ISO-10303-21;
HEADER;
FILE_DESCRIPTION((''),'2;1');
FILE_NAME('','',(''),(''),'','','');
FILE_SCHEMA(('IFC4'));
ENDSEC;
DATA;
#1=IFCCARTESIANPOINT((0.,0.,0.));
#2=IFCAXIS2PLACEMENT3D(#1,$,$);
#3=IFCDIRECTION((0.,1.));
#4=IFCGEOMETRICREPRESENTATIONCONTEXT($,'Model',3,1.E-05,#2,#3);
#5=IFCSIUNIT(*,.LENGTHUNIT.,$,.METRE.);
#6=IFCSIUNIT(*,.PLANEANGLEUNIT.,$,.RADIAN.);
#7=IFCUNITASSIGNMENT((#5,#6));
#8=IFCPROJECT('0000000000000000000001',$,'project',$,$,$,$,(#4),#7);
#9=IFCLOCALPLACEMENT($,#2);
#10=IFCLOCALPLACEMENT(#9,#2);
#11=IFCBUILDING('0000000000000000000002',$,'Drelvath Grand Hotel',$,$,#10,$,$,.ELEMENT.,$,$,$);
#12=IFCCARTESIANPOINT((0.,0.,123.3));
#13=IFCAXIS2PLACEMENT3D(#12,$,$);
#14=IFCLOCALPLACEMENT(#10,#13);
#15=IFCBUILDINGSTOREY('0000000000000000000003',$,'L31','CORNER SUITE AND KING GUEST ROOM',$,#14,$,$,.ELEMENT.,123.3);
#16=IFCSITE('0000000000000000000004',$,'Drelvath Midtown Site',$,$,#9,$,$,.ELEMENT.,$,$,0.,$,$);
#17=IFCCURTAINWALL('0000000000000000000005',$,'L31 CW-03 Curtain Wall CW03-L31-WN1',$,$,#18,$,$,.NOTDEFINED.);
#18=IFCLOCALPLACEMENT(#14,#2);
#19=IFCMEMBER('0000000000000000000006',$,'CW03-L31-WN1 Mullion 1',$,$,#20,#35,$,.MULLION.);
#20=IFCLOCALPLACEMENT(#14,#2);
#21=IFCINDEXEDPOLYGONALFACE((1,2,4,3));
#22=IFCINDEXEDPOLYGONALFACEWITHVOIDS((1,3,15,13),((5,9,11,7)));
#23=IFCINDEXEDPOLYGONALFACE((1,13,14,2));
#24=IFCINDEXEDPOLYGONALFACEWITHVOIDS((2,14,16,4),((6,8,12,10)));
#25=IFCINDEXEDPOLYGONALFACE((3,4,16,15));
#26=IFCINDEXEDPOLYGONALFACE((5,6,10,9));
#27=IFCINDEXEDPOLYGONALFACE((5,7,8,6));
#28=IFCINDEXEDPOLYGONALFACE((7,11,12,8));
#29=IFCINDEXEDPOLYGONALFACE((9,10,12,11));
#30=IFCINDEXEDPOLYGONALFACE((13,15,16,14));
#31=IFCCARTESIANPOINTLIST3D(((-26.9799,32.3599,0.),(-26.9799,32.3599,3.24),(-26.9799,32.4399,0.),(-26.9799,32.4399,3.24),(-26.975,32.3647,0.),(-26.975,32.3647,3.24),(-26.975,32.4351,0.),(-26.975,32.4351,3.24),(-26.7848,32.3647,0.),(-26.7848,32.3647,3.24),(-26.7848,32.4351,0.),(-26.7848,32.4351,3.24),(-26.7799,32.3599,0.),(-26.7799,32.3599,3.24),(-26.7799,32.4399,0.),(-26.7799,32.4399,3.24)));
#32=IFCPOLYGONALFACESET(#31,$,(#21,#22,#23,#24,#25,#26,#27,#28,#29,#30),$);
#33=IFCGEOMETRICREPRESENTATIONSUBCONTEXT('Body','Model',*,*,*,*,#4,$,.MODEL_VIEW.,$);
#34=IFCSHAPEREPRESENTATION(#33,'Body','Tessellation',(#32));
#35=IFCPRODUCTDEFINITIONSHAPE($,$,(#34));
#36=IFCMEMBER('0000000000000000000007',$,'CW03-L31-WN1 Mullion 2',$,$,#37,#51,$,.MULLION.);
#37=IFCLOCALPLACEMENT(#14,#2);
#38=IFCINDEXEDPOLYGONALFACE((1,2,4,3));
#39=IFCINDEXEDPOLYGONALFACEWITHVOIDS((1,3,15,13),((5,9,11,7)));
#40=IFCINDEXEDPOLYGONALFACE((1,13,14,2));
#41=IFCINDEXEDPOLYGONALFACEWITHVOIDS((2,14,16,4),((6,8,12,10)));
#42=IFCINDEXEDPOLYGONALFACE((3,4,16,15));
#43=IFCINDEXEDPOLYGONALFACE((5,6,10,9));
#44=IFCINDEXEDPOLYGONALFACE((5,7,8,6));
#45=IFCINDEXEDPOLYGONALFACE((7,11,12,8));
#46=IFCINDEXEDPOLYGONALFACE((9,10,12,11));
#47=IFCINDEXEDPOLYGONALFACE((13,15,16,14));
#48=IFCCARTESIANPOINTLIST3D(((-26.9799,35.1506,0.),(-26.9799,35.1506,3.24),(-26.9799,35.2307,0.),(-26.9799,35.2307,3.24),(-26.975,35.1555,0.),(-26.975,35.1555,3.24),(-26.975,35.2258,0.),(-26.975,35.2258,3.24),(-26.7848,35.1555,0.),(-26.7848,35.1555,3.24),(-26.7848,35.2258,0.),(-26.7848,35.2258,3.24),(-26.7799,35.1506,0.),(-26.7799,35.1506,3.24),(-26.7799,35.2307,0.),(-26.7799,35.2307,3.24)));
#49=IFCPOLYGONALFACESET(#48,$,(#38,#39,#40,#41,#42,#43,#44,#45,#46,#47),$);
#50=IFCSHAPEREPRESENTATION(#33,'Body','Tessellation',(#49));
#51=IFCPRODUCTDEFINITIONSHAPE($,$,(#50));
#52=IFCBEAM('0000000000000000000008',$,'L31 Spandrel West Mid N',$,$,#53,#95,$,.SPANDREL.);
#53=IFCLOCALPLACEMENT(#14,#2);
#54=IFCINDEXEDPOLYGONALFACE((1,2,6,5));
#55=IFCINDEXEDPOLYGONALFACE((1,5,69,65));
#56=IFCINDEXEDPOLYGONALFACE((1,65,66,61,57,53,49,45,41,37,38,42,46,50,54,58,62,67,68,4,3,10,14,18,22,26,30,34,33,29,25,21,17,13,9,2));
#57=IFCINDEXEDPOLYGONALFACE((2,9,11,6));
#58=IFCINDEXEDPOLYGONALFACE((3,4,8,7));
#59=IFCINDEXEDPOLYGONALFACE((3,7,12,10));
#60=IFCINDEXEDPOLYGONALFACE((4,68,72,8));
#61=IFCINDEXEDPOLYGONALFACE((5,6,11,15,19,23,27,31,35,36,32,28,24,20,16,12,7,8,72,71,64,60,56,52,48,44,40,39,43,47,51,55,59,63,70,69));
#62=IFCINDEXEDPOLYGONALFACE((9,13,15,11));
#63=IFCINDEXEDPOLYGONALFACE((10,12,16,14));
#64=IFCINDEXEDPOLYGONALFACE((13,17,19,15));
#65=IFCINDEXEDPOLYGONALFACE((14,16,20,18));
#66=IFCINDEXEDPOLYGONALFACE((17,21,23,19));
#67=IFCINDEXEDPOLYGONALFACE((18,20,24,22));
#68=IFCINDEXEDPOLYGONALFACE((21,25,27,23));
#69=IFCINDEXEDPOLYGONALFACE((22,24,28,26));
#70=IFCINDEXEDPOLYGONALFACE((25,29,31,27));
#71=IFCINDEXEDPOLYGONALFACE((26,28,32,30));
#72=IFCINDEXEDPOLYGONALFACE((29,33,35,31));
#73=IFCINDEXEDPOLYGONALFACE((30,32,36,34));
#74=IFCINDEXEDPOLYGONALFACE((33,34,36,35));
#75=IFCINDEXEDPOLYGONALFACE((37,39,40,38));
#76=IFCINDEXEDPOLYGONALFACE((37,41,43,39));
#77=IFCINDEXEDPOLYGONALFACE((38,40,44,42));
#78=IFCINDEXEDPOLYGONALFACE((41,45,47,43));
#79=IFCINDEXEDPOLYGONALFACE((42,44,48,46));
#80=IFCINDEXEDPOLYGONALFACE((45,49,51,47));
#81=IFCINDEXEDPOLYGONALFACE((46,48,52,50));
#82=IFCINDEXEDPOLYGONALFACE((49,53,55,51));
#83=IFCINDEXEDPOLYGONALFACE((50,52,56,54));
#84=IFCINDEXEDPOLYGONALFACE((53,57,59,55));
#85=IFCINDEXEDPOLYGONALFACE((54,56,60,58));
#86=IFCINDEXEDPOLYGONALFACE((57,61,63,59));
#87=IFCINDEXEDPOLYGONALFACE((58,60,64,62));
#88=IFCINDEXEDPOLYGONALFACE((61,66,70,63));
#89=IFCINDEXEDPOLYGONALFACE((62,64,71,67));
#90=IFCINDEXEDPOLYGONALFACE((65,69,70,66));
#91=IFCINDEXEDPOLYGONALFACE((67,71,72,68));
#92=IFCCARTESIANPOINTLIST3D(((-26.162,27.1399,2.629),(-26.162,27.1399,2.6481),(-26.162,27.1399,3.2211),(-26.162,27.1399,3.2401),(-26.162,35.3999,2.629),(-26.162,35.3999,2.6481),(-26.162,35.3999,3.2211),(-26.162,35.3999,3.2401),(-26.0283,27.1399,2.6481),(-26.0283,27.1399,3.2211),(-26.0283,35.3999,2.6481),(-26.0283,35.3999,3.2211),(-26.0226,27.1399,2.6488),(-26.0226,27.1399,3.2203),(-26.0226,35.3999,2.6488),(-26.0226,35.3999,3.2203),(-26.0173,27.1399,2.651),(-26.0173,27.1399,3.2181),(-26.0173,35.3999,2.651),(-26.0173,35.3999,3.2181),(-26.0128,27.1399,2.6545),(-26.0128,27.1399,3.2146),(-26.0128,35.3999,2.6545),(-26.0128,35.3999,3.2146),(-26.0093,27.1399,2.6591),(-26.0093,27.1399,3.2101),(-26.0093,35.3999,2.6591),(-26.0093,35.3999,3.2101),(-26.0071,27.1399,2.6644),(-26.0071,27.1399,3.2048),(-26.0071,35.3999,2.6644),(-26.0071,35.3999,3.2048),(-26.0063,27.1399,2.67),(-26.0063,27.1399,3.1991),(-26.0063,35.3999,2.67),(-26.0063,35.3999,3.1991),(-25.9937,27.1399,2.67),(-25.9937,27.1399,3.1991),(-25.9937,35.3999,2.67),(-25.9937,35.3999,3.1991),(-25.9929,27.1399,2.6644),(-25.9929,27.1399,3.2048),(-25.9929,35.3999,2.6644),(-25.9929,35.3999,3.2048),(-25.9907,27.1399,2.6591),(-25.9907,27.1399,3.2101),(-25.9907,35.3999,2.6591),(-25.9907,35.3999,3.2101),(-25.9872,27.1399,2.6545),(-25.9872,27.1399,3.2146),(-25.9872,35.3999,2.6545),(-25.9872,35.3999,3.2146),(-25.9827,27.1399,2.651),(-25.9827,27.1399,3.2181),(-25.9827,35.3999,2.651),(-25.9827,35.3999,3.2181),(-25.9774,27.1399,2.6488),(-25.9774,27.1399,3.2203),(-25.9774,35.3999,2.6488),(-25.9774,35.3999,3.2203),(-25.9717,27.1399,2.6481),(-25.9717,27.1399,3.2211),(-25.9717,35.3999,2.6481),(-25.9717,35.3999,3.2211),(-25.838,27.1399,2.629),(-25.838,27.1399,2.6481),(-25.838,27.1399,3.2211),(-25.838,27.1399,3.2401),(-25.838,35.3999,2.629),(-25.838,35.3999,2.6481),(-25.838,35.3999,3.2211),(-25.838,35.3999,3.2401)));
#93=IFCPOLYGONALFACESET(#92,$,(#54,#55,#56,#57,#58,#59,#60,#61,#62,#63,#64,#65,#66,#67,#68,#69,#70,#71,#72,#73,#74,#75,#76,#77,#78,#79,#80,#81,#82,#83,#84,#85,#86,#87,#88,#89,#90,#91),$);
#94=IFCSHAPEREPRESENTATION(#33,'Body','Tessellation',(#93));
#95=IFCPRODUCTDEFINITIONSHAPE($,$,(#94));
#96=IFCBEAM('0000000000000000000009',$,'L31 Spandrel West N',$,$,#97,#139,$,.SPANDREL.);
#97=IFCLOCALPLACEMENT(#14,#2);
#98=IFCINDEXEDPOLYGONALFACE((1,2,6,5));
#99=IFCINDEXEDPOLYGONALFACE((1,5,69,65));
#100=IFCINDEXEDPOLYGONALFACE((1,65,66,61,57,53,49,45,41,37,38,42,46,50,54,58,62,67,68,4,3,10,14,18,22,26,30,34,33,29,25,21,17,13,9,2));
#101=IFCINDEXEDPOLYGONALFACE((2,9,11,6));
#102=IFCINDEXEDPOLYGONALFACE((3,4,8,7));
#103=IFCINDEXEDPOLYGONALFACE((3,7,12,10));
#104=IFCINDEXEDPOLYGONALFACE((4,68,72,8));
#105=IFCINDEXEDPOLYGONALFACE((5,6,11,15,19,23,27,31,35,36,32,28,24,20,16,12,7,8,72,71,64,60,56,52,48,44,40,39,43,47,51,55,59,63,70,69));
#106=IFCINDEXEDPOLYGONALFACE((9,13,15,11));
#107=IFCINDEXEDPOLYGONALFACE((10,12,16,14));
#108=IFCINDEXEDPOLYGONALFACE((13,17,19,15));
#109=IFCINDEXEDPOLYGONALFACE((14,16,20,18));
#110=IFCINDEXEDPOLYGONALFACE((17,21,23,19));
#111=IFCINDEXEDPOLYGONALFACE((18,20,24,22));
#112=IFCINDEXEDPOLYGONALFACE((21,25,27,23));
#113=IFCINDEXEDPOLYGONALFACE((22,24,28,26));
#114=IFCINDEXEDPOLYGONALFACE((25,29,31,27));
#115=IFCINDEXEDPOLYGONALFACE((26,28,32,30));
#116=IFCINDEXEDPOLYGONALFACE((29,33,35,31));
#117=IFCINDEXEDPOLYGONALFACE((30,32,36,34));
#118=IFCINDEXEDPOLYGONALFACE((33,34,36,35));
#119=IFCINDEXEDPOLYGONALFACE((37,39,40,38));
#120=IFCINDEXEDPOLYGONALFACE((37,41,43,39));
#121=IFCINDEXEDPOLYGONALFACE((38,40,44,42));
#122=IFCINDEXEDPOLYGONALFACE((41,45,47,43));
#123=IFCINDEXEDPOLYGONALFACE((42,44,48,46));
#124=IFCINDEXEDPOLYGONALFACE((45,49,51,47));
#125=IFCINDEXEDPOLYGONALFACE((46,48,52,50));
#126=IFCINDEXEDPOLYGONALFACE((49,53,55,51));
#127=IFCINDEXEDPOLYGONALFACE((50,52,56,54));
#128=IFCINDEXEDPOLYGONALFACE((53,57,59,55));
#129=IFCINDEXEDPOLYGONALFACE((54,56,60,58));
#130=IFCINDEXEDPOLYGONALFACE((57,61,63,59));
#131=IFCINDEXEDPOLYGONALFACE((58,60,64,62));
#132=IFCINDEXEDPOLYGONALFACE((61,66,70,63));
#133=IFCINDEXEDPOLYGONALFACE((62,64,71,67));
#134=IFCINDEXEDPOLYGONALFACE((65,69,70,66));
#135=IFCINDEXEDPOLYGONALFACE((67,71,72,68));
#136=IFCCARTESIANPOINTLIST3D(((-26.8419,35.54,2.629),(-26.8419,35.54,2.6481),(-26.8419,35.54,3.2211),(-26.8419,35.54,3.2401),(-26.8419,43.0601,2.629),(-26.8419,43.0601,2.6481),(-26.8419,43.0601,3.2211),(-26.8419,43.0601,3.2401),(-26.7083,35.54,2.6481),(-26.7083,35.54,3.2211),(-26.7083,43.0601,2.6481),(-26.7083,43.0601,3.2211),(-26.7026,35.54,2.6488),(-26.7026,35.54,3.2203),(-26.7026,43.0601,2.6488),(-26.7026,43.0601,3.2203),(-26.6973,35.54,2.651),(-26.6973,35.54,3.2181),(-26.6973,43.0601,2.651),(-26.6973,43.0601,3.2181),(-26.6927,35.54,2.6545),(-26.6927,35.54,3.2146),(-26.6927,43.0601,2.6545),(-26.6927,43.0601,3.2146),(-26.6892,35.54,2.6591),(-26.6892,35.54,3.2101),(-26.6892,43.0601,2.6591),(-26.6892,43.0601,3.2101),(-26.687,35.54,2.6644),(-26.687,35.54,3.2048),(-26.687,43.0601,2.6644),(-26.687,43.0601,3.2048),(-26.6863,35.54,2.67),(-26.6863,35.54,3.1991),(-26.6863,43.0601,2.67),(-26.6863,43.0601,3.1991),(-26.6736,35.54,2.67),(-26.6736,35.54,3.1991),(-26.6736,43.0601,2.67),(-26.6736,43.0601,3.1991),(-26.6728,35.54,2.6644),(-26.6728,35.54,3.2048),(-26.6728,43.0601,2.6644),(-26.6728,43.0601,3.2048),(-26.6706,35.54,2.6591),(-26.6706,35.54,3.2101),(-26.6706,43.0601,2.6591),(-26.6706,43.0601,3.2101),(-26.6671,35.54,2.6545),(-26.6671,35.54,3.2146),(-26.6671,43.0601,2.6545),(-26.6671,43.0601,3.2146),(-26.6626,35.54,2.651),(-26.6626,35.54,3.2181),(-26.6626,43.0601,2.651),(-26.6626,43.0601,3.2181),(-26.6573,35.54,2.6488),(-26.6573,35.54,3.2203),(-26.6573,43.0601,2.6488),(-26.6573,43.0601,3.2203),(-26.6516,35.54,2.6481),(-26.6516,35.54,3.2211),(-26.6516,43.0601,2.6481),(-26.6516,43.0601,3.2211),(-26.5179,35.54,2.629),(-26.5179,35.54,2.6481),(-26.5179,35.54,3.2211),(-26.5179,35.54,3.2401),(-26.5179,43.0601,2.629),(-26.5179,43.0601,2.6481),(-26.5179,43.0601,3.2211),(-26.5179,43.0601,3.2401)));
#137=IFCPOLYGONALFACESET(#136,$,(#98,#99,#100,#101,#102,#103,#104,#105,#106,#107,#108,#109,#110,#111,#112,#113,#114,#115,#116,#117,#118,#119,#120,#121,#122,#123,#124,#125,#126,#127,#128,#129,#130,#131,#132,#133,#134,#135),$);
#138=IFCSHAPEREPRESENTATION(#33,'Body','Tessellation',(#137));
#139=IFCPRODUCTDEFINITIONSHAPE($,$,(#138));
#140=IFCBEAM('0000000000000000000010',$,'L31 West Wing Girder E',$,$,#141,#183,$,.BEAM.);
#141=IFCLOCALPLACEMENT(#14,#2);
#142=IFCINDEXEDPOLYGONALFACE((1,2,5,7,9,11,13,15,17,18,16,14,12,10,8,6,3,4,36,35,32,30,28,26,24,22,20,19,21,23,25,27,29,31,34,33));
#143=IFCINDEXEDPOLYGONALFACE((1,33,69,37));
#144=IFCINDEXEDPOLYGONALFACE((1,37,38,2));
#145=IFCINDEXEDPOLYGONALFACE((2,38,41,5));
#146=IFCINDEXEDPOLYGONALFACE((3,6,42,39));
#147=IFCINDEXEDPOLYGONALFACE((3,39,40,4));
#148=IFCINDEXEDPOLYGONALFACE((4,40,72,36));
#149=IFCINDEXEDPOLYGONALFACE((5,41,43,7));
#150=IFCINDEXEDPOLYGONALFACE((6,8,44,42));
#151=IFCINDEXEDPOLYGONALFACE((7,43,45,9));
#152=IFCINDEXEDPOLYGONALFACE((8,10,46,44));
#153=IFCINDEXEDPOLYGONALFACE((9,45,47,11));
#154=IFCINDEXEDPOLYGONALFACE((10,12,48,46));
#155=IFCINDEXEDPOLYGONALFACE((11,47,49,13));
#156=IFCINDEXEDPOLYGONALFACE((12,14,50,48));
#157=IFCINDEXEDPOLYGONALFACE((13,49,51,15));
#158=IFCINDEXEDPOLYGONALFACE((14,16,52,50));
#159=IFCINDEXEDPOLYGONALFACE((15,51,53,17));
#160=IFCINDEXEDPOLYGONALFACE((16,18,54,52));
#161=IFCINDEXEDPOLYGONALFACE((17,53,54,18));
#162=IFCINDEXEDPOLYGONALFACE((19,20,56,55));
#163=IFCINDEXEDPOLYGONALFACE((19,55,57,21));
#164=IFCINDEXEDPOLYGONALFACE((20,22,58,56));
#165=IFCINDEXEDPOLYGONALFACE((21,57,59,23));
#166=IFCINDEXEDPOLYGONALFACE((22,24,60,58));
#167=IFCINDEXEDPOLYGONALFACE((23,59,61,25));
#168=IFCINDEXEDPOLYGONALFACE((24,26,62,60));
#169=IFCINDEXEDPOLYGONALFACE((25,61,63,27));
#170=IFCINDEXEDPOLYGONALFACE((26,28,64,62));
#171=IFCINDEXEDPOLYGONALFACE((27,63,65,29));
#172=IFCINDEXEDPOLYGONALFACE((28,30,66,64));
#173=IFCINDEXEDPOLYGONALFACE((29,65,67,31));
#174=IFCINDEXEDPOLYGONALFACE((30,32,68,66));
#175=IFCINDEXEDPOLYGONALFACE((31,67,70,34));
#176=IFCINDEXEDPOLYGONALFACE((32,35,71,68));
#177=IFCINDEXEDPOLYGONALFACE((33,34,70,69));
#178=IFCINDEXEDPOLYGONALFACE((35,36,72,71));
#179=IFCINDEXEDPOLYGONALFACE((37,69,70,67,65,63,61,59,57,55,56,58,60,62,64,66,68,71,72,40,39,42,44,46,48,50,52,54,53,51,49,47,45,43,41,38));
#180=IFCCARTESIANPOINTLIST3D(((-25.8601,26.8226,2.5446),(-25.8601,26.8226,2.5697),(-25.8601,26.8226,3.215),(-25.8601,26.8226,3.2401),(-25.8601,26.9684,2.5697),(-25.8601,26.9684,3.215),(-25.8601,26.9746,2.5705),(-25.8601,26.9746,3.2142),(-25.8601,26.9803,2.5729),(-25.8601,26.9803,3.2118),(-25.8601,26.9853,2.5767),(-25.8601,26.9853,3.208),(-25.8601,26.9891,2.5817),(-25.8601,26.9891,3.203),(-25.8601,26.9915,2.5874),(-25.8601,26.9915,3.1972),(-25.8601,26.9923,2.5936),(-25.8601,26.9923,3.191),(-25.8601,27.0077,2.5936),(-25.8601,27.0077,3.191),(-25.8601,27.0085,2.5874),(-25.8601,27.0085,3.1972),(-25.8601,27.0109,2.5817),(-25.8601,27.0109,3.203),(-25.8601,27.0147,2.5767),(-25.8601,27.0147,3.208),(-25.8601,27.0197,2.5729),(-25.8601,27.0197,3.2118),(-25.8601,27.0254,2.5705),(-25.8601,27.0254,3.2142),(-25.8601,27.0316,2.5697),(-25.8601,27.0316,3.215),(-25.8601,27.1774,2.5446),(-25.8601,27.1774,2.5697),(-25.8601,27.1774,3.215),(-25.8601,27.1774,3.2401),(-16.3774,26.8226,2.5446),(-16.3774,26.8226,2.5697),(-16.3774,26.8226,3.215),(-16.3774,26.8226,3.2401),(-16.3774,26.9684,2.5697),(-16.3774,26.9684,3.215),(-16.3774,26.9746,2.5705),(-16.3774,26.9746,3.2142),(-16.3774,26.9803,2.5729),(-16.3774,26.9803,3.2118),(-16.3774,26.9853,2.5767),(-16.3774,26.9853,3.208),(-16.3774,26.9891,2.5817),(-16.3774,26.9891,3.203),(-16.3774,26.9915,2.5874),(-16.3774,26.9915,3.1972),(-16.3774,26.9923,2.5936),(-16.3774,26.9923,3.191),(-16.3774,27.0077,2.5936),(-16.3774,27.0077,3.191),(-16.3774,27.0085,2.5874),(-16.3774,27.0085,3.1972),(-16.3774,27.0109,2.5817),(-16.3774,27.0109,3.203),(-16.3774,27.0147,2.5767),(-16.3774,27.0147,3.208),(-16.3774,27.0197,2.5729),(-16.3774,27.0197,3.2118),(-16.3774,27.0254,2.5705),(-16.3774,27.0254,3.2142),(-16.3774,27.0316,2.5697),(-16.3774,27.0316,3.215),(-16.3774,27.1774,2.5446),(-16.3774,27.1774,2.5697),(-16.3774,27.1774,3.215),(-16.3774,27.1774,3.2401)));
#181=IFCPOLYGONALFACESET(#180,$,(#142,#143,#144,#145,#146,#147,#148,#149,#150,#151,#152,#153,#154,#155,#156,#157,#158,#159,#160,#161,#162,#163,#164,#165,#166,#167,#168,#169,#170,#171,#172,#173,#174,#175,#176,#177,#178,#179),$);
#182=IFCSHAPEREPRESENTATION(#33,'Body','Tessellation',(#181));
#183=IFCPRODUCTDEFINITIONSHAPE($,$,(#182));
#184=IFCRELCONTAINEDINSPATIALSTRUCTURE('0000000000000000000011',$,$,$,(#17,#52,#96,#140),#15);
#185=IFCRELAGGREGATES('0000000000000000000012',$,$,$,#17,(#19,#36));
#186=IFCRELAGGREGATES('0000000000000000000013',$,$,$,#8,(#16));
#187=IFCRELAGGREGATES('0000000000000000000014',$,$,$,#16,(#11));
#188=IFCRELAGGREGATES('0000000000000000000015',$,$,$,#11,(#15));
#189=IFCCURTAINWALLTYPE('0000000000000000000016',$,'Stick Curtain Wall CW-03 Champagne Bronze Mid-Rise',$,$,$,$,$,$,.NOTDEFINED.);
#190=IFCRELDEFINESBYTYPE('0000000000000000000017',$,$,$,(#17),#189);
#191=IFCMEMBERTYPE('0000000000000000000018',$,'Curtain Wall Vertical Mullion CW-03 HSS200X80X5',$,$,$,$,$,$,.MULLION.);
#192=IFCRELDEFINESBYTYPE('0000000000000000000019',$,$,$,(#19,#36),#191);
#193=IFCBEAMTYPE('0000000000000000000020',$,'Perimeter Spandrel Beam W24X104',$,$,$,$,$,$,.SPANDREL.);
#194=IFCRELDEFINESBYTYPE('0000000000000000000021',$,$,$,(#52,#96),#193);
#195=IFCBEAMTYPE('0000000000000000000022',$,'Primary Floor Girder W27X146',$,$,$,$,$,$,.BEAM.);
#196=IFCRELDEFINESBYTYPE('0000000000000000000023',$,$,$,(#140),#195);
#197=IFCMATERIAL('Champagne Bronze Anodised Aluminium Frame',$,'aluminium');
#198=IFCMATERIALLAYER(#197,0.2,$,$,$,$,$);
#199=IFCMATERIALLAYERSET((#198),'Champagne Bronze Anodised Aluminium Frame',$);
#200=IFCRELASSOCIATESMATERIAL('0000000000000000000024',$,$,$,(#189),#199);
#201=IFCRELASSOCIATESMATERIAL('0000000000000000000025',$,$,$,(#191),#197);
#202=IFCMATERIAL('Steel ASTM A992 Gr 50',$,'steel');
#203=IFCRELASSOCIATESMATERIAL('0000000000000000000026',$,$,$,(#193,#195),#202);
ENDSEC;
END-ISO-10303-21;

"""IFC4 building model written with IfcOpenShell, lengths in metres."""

from ifc_helpers import new_model, si_unit, direction, frame, origin, origin_2d, place, context, subcontext, project, spatial, hollow_rectangle, i_section, extrude, material, layer, layer_set, material_profile, profile_set, type_object, element, aggregate, save


model = new_model("IFC4")

# Units and contexts
model_context = context("Model", 3, precision=1e-05, world=origin(), true_north=direction((0.0, 1.0)))
body_context = subcontext(model_context, "Body", "Model", "MODEL_VIEW")
ifc_project = project(units=[si_unit("LENGTHUNIT", "METRE"), si_unit("PLANEANGLEUNIT", "RADIAN")], contexts=[model_context])

# Site, building, storey
site_placement = place(None, origin())
site = spatial("IfcSite", under=ifc_project, at=site_placement, Name="Drelvath Midtown Site", CompositionType="ELEMENT", RefElevation=0.0)
building_placement = place(site_placement, origin())
building = spatial("IfcBuilding", under=site, at=building_placement, Name="Drelvath Grand Hotel", CompositionType="ELEMENT")
storey_placement = place(building_placement, frame((0.0, 0.0, 123.3)))
storey = spatial("IfcBuildingStorey", under=building, at=storey_placement, Name="L31", Description="CORNER SUITE AND KING GUEST ROOM", CompositionType="ELEMENT", Elevation=123.3)

# Curtain wall
ifc_material_1 = material(Name="Champagne Bronze Anodised Aluminium Frame", Category="aluminium")
ifc_layer_1 = layer(ifc_material_1, 0.2)
ifc_layer_set_1 = layer_set([ifc_layer_1], Name="Champagne Bronze Anodised Aluminium Frame")
curtain_wall_type = type_object("IfcCurtainWallType", Name="Stick Curtain Wall CW-03 Champagne Bronze Mid-Rise", PredefinedType="NOTDEFINED", material=ifc_layer_set_1)
curtain_wall_1_placement = place(storey_placement, origin())
curtain_wall_1 = element("IfcCurtainWall", 1, at=curtain_wall_1_placement, inside=storey, type_object=curtain_wall_type, Name="L31 CW-03 Curtain Wall CW03-L31-WN1", PredefinedType="NOTDEFINED")
ifc_material_profile_1 = material_profile(ifc_material_1, hollow_rectangle(XDim=0.0801, YDim=0.2, WallThickness=0.0049, at=origin_2d()), Name="HSS200X80X5")
ifc_profile_set_1 = profile_set([ifc_material_profile_1], Name="Champagne Bronze Anodised Aluminium Frame")
member_type_1 = type_object("IfcMemberType", Name="Curtain Wall Vertical Mullion CW-03 HSS200X80X5", PredefinedType="MULLION", material=ifc_profile_set_1)

# Members
member_1_placement = place(storey_placement, frame((-26.8799, 32.3999, 0.0), z_axis=(0.0, 0.0, 1.0), x_axis=(0.0, 1.0, 0.0)))
member_1 = element("IfcMember", 2, at=member_1_placement, type_object=member_type_1, Name="CW03-L31-WN1 Mullion 1", PredefinedType="MULLION", context=body_context, shape_type="SweptSolid", body=[
    extrude(hollow_rectangle(XDim=0.0801, YDim=0.2, WallThickness=0.0049, at=origin_2d()), origin(), (0.0, 0.0, 1.0), 3.24),
])
member_2_placement = place(storey_placement, frame((-26.8799, 35.1907, 0.0), z_axis=(0.0, 0.0, 1.0), x_axis=(0.0, 1.0, 0.0)))
member_2 = element("IfcMember", 3, at=member_2_placement, type_object=member_type_1, Name="CW03-L31-WN1 Mullion 2", PredefinedType="MULLION", context=body_context, shape_type="SweptSolid", body=[
    extrude(hollow_rectangle(XDim=0.0801, YDim=0.2, WallThickness=0.0049, at=origin_2d()), origin(), (0.0, 0.0, 1.0), 3.24),
])

# Beams
ifc_material_2 = material(Name="Steel ASTM A992 Gr 50", Category="steel")
ifc_material_profile_2 = material_profile(ifc_material_2, i_section(OverallWidth=0.324, OverallDepth=0.6111, WebThickness=0.0127, FlangeThickness=0.019, FilletRadius=0.022, at=origin_2d()), Name="W24X104")
ifc_profile_set_2 = profile_set([ifc_material_profile_2], Name="Steel ASTM A992 Gr 50")
beam_type_1 = type_object("IfcBeamType", Name="Perimeter Spandrel Beam W24X104", PredefinedType="SPANDREL", material=ifc_profile_set_2)
beam_1_placement = place(storey_placement, frame((-26.0, 27.1399, 2.9346), z_axis=(0.0, 1.0, 0.0), x_axis=(-1.0, 0.0, 0.0)))
element("IfcBeam", 4, at=beam_1_placement, inside=storey, type_object=beam_type_1, Name="L31 Spandrel West Mid N", PredefinedType="SPANDREL", context=body_context, shape_type="SweptSolid", body=[
    extrude(i_section(OverallWidth=0.324, OverallDepth=0.6111, WebThickness=0.0127, FlangeThickness=0.019, FilletRadius=0.022, at=origin_2d()), origin(), (0.0, 0.0, 1.0), 8.26),
])
beam_2_placement = place(storey_placement, frame((-26.6799, 35.54, 2.9346), z_axis=(0.0, 1.0, 0.0), x_axis=(-1.0, 0.0, 0.0)))
element("IfcBeam", 5, at=beam_2_placement, inside=storey, type_object=beam_type_1, Name="L31 Spandrel West N", PredefinedType="SPANDREL", context=body_context, shape_type="SweptSolid", body=[
    extrude(i_section(OverallWidth=0.324, OverallDepth=0.6111, WebThickness=0.0127, FlangeThickness=0.019, FilletRadius=0.022, at=origin_2d()), origin(), (0.0, 0.0, 1.0), 7.52),
])
ifc_material_profile_3 = material_profile(ifc_material_2, i_section(OverallWidth=0.3547, OverallDepth=0.6956, WebThickness=0.0154, FlangeThickness=0.0251, FilletRadius=0.0239, at=origin_2d()), Name="W27X146")
ifc_profile_set_3 = profile_set([ifc_material_profile_3], Name="Steel ASTM A992 Gr 50")
beam_type_2 = type_object("IfcBeamType", Name="Primary Floor Girder W27X146", PredefinedType="BEAM", material=ifc_profile_set_3)
beam_3_placement = place(storey_placement, frame((-25.8601, 27.0, 2.8923), z_axis=(1.0, 0.0, 0.0), x_axis=(0.0, 1.0, 0.0)))
element("IfcBeam", 6, at=beam_3_placement, inside=storey, type_object=beam_type_2, Name="L31 West Wing Girder E", PredefinedType="BEAM", context=body_context, shape_type="SweptSolid", body=[
    extrude(i_section(OverallWidth=0.3547, OverallDepth=0.6956, WebThickness=0.0154, FlangeThickness=0.0251, FilletRadius=0.0239, at=origin_2d()), origin(), (0.0, 0.0, 1.0), 9.4827),
])

aggregate(curtain_wall_1, [member_1, member_2])

save(model, "model.ifc")
